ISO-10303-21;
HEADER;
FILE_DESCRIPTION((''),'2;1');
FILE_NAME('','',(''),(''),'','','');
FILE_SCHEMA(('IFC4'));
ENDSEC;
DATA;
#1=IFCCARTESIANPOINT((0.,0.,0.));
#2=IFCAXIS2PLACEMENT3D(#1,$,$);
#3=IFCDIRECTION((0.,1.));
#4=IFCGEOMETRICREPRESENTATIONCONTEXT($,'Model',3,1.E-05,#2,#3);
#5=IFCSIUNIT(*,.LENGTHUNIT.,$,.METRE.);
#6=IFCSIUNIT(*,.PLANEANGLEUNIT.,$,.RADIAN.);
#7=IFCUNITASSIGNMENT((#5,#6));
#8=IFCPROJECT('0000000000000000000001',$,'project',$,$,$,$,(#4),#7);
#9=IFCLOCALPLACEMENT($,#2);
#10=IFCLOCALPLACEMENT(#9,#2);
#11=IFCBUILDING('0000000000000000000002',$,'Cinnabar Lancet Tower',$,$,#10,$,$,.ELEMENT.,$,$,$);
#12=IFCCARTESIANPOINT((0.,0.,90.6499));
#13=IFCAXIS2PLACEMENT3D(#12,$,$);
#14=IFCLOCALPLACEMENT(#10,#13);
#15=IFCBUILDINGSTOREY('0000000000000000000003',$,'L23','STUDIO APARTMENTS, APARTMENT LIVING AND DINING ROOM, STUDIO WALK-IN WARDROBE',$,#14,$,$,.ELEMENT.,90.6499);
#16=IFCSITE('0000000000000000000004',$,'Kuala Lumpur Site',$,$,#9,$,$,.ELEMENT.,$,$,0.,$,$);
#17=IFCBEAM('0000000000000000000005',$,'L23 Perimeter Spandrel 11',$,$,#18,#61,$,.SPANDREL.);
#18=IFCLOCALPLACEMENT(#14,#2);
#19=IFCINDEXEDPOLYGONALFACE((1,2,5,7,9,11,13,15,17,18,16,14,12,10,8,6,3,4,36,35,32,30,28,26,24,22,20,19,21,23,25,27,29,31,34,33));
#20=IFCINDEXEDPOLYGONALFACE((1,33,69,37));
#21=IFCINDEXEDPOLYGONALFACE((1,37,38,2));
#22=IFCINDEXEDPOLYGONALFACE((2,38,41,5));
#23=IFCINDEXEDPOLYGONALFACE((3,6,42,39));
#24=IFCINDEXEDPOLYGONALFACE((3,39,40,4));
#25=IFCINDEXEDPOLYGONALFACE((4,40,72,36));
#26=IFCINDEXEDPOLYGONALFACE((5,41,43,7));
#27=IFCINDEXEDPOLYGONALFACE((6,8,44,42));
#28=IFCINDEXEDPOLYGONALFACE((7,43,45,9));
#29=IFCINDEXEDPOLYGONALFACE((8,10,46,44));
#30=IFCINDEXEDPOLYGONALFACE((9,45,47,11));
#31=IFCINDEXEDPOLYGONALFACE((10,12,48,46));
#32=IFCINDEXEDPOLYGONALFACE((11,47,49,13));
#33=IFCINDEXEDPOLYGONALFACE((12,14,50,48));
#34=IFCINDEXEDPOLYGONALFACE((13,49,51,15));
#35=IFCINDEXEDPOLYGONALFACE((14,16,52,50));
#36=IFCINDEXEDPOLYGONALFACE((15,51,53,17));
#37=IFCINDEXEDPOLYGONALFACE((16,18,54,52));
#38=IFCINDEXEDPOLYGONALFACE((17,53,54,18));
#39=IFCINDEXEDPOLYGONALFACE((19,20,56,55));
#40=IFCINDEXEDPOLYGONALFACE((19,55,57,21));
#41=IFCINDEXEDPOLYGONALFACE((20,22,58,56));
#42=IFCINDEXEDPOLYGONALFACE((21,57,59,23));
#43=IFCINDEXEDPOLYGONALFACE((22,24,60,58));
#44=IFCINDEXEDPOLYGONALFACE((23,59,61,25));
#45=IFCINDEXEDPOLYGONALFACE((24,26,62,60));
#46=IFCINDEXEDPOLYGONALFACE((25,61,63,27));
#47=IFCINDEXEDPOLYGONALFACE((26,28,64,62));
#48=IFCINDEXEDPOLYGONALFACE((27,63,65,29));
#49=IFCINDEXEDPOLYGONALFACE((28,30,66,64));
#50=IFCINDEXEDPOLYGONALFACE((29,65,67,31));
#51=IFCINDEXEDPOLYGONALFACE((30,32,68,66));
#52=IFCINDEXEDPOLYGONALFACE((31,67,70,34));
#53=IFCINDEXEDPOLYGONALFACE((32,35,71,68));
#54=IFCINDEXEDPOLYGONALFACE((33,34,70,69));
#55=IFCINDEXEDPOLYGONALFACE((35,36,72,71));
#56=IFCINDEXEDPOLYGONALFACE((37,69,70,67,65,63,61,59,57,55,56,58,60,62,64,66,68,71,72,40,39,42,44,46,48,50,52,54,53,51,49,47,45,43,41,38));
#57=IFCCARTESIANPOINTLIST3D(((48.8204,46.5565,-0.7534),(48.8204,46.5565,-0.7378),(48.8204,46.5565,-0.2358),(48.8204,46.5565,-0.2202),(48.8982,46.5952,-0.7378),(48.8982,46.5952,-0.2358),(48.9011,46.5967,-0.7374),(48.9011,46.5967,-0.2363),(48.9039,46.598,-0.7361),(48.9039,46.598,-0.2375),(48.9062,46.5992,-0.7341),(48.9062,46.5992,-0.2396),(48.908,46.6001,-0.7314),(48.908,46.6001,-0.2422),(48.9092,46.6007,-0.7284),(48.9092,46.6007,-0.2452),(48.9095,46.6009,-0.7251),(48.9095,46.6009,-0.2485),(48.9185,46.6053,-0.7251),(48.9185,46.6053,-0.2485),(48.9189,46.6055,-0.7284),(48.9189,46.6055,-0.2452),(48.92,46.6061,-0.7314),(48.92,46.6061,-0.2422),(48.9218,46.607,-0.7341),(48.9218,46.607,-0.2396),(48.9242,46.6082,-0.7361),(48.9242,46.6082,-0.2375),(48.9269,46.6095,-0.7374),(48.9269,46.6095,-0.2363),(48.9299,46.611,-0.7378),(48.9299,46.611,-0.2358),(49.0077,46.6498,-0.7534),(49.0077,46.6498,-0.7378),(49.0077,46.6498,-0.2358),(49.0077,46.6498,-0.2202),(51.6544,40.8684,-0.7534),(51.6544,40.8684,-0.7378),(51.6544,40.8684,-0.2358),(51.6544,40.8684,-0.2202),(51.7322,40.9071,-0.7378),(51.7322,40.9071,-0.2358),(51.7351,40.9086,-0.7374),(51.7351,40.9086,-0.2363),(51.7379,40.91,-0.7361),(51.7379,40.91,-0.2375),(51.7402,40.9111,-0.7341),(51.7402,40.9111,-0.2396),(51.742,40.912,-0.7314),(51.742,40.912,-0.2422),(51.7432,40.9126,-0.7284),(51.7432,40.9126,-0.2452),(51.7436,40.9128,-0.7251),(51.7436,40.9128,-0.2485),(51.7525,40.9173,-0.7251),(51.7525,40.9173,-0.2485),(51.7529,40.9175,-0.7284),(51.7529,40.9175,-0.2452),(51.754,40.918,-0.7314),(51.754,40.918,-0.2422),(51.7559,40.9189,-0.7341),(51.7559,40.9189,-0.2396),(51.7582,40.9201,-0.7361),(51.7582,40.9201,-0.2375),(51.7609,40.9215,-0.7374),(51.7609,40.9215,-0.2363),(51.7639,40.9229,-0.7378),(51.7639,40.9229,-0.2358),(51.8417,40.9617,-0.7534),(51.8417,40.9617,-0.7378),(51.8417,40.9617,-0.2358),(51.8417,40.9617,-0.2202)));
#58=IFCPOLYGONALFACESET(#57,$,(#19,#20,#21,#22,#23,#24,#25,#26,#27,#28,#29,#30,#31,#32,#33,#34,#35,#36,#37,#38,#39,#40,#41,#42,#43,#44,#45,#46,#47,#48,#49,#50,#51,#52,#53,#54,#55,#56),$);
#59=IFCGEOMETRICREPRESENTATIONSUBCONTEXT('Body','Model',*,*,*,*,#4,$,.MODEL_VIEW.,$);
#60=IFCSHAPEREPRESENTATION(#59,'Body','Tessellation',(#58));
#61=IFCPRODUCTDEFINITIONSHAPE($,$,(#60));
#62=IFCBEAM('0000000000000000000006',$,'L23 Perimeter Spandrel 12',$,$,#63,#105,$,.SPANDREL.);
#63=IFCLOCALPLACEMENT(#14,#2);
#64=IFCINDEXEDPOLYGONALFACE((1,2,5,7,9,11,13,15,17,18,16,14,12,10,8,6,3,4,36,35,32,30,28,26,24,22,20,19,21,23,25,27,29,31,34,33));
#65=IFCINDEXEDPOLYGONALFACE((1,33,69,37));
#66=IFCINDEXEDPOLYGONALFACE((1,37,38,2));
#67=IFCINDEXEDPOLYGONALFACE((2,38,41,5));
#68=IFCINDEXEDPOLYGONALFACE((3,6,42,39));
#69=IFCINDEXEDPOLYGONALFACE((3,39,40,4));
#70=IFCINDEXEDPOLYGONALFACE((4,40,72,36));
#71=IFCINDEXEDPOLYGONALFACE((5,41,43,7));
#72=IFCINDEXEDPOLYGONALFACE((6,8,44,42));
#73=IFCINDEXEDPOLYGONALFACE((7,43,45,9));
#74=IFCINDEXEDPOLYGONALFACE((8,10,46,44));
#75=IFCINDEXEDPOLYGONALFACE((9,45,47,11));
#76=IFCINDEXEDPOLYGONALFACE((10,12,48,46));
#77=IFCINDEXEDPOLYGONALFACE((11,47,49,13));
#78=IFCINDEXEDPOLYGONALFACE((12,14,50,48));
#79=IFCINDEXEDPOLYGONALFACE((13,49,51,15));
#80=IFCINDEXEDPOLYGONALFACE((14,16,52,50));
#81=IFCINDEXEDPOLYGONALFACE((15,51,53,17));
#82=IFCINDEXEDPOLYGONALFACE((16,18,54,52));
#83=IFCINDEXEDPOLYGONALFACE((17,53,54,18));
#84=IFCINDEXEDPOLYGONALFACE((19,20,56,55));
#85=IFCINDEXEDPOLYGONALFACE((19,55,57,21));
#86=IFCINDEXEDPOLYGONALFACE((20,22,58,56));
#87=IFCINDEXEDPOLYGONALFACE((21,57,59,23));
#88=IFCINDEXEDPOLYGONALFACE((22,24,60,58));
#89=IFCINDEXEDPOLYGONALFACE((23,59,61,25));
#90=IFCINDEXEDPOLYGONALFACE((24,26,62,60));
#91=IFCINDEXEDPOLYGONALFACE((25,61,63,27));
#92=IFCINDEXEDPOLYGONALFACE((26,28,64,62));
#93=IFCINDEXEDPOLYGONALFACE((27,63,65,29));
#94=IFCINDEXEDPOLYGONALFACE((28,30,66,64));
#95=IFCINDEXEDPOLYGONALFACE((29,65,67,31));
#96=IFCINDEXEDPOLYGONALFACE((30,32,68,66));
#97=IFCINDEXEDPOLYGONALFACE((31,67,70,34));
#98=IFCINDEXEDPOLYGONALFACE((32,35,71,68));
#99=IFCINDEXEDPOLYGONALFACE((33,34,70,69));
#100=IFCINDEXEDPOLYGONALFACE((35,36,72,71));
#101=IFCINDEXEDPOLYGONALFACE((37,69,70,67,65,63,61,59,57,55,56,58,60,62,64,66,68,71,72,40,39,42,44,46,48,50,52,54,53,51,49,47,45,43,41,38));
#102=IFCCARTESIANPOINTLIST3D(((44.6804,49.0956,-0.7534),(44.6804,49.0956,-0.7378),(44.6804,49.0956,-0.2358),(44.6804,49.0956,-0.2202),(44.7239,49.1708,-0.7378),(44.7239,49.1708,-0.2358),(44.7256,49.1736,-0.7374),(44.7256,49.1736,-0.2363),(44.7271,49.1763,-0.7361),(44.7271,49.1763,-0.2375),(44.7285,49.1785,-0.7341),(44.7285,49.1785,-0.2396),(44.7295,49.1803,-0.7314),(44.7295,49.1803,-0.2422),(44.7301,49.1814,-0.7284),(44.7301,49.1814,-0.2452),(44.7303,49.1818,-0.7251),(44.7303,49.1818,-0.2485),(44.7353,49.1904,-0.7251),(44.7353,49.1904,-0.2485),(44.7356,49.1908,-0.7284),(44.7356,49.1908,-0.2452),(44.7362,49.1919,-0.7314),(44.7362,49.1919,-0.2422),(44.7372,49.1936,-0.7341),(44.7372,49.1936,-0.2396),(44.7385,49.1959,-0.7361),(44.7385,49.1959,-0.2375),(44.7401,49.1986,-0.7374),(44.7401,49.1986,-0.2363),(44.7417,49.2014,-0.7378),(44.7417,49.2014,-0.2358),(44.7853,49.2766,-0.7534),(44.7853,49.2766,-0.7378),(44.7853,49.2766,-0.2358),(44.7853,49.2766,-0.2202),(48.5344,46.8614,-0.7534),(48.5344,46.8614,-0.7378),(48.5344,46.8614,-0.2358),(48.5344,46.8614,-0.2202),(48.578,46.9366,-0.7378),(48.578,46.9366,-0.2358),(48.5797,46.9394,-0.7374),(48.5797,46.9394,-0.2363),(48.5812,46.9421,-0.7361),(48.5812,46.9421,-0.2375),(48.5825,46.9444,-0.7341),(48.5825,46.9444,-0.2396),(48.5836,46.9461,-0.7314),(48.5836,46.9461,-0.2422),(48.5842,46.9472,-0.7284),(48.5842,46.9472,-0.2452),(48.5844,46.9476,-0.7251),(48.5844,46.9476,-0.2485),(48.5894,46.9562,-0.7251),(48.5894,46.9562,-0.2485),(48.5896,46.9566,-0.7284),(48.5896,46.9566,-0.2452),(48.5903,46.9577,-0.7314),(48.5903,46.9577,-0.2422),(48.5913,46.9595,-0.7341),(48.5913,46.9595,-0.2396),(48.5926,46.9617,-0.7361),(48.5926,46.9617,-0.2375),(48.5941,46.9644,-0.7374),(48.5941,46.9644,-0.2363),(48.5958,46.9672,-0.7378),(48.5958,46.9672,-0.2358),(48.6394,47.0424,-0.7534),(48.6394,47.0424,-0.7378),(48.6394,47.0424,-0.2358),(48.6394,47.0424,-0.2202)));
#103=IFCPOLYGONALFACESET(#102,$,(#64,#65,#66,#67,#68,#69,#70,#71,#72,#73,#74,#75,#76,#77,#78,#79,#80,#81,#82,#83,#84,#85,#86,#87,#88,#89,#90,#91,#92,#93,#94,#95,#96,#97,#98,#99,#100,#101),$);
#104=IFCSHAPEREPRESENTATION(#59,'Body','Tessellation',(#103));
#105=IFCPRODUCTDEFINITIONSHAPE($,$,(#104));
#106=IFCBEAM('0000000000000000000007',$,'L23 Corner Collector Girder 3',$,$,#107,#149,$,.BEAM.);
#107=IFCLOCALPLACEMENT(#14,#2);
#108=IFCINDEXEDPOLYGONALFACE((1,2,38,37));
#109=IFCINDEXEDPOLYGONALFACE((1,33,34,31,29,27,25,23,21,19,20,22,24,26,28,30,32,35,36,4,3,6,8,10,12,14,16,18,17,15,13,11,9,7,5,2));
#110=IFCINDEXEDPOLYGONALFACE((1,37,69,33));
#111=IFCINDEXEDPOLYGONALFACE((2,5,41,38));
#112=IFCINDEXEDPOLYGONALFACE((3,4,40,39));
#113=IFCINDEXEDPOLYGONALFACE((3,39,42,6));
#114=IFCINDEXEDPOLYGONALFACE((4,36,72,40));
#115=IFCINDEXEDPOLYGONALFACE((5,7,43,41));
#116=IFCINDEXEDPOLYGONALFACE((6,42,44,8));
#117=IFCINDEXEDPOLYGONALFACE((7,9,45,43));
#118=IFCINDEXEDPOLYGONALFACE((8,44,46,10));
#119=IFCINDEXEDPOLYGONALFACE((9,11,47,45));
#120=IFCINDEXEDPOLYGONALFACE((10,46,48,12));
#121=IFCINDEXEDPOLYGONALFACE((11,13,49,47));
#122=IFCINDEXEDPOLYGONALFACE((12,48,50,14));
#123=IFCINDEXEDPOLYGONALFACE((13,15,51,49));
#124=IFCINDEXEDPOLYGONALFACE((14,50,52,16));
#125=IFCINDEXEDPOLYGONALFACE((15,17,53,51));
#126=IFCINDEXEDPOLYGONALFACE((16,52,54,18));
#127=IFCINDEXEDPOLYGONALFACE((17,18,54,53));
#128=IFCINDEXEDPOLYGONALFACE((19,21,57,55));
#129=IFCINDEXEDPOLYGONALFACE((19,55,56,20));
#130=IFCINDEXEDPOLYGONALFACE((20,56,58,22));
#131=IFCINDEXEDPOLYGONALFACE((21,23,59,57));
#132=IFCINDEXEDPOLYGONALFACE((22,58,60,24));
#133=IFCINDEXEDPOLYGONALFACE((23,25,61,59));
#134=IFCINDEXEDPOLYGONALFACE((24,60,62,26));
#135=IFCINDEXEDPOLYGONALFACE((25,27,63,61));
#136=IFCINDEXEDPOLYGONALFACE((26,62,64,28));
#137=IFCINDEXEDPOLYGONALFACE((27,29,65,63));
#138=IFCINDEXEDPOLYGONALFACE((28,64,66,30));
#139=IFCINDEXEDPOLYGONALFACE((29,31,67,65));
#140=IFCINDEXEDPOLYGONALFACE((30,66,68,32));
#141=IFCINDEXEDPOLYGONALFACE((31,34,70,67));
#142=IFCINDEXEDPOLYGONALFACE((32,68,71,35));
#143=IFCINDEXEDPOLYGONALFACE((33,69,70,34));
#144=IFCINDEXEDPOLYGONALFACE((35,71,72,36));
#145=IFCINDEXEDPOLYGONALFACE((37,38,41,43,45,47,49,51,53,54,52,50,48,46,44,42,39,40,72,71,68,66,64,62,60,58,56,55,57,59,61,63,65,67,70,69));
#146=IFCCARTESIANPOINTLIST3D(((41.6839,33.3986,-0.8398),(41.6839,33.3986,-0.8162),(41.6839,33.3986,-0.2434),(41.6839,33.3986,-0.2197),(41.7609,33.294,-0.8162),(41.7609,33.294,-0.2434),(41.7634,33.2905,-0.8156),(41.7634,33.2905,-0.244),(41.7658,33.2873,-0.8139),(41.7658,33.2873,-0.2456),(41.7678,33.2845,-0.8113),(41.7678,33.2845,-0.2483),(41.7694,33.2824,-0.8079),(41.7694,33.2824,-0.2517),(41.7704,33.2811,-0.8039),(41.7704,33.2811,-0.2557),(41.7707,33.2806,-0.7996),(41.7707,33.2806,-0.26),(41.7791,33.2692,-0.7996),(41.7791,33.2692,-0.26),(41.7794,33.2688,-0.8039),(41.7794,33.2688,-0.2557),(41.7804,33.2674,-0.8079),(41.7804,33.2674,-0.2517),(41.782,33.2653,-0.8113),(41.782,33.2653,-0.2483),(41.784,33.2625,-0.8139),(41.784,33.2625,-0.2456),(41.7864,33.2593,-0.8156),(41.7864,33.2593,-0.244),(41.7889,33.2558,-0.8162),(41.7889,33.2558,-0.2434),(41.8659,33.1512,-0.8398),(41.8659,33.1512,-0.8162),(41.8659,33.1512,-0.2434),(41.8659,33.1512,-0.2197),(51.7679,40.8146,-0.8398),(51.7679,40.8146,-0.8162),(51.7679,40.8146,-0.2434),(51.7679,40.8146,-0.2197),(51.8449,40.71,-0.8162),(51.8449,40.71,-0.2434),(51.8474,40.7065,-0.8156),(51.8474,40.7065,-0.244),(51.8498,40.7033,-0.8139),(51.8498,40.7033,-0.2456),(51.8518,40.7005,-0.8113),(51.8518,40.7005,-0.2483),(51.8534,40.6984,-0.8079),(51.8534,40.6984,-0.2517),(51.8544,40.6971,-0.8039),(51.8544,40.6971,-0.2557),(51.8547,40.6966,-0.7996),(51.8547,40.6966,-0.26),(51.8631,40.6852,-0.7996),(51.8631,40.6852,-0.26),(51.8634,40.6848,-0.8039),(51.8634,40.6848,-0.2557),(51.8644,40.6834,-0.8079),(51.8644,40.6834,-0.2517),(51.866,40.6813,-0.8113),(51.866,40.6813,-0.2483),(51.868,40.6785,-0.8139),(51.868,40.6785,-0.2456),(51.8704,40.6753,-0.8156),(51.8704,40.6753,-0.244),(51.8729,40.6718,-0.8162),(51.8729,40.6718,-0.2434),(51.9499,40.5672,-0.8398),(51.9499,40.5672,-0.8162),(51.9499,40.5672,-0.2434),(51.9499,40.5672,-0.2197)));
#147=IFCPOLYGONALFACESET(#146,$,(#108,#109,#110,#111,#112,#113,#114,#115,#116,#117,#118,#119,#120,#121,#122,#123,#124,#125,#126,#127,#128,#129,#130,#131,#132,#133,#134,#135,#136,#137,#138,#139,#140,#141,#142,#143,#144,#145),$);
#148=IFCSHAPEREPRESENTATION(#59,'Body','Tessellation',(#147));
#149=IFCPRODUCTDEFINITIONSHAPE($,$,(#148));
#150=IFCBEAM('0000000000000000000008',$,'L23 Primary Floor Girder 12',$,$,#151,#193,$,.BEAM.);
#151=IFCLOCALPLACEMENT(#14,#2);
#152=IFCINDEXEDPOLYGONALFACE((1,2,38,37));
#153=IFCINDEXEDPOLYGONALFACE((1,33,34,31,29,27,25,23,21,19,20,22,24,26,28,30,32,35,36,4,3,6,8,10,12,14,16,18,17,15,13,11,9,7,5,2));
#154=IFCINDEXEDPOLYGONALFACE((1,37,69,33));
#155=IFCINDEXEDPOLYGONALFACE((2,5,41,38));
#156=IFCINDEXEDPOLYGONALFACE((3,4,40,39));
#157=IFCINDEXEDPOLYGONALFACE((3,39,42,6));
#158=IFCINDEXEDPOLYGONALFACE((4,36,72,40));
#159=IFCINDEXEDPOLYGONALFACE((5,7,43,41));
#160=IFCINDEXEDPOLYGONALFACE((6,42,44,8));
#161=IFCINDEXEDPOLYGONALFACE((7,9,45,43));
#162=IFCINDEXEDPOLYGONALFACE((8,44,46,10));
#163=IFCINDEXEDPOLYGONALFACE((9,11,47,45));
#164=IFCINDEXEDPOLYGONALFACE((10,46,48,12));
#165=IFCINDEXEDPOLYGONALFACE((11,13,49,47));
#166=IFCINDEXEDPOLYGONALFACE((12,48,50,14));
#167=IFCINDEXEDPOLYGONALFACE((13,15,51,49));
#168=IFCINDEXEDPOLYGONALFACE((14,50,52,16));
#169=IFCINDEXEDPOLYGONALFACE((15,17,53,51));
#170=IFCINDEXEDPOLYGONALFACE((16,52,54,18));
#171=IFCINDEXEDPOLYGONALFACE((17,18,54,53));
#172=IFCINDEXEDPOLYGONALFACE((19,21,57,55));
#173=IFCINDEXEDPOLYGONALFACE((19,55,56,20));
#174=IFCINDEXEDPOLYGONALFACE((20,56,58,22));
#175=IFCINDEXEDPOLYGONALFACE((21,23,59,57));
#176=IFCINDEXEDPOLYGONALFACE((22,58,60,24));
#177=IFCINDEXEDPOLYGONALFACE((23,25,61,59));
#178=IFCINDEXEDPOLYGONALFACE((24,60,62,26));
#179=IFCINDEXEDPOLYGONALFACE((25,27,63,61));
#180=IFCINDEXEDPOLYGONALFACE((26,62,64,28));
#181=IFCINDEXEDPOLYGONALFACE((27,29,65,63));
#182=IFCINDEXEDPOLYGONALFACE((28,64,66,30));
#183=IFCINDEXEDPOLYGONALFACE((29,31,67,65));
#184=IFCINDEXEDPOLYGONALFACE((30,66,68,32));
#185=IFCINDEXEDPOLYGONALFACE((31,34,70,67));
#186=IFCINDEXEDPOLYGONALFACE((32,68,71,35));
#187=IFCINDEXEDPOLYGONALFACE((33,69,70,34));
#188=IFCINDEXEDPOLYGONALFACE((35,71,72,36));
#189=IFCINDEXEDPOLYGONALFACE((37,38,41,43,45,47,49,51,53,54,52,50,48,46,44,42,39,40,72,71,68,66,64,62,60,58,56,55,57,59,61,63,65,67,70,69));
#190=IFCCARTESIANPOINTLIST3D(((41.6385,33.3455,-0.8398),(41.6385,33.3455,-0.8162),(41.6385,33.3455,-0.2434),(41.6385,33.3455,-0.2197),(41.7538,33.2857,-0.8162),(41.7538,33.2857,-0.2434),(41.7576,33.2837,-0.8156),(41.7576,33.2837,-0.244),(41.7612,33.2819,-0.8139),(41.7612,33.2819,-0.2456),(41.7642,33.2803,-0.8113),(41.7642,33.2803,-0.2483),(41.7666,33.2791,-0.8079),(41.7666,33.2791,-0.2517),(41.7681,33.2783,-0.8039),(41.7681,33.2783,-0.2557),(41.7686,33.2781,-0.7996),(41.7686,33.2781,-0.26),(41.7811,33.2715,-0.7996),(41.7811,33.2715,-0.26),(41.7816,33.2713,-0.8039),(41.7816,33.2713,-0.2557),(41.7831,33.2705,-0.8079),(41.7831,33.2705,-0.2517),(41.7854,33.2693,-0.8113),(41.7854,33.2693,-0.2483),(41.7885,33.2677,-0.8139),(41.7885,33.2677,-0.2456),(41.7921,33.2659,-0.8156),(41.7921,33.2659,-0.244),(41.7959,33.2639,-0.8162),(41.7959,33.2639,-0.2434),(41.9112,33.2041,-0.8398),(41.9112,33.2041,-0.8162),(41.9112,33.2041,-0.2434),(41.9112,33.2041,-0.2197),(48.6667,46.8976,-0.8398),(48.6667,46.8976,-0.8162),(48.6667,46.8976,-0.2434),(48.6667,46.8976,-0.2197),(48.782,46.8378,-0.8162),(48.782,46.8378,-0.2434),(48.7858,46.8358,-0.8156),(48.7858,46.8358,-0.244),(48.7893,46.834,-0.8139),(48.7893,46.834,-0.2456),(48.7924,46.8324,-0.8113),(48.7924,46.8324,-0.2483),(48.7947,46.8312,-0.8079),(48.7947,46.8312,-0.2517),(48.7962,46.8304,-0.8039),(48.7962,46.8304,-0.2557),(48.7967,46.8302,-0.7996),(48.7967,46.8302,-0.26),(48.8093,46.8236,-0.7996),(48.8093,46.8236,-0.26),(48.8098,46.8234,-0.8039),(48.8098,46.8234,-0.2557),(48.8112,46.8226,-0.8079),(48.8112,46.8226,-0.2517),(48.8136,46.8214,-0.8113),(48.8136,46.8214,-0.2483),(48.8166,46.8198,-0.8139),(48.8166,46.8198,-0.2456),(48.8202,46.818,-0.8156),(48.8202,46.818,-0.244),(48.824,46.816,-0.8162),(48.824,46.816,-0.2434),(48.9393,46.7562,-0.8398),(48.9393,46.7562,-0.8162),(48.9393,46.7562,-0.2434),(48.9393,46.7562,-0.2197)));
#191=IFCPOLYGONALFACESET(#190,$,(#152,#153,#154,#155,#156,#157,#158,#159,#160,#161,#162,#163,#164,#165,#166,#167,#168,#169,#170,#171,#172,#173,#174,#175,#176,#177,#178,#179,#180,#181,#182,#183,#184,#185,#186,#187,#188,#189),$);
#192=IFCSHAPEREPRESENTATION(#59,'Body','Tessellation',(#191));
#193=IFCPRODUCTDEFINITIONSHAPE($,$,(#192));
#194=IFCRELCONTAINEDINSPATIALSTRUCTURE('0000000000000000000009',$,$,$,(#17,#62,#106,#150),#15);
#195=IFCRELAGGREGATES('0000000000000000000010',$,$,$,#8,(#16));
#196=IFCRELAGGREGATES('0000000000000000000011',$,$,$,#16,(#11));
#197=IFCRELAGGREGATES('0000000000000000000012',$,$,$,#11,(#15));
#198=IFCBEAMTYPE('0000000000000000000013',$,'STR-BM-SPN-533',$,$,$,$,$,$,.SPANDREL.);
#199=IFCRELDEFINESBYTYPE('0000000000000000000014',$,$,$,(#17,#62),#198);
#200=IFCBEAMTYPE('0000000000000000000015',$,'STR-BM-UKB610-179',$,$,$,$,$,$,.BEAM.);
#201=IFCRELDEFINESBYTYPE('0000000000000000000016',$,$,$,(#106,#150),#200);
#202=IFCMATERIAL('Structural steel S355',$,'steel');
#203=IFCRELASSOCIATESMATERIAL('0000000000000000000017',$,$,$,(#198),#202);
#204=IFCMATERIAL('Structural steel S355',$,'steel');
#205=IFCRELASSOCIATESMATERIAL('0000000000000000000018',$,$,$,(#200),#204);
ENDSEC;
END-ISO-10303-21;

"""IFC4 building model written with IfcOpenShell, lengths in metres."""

from ifc_helpers import new_model, si_unit, direction, frame, origin, origin_2d, place, context, subcontext, project, spatial, i_section, extrude, material, material_profile, profile_set, type_object, element, save


model = new_model("IFC4")

# Units and contexts
model_context = context("Model", 3, precision=1e-05, world=origin(), true_north=direction((0.0, 1.0)))
body_context = subcontext(model_context, "Body", "Model", "MODEL_VIEW")
ifc_project = project(units=[si_unit("LENGTHUNIT", "METRE"), si_unit("PLANEANGLEUNIT", "RADIAN")], contexts=[model_context])

# Site, building, storey
site_placement = place(None, origin())
site = spatial("IfcSite", under=ifc_project, at=site_placement, Name="Kuala Lumpur Site", CompositionType="ELEMENT", RefElevation=0.0)
building_placement = place(site_placement, origin())
building = spatial("IfcBuilding", under=site, at=building_placement, Name="Cinnabar Lancet Tower", CompositionType="ELEMENT")
storey_placement = place(building_placement, frame((0.0, 0.0, 90.6499)))
storey = spatial("IfcBuildingStorey", under=building, at=storey_placement, Name="L23", Description="STUDIO APARTMENTS, APARTMENT LIVING AND DINING ROOM, STUDIO WALK-IN WARDROBE", CompositionType="ELEMENT", Elevation=90.6499)

# Beams
ifc_material_1 = material(Name="Structural steel S355", Category="steel")
ifc_material_profile_1 = material_profile(ifc_material_1, i_section(OverallWidth=0.2092, OverallDepth=0.5332, WebThickness=0.01, FlangeThickness=0.0156, FilletRadius=0.0127, at=origin_2d()), Name="UKB 533x210x92")
ifc_profile_set_1 = profile_set([ifc_material_profile_1], Name="Structural steel S355")
beam_type_1 = type_object("IfcBeamType", Name="STR-BM-SPN-533", PredefinedType="SPANDREL", material=ifc_profile_set_1)
beam_1_placement = place(storey_placement, frame((51.748, 40.915, -0.4868), z_axis=(-0.445953, 0.895056, 0.0), x_axis=(-0.895056, -0.445953, 0.0)))
element("IfcBeam", 1, at=beam_1_placement, inside=storey, type_object=beam_type_1, Name="L23 Perimeter Spandrel 11", PredefinedType="SPANDREL", context=body_context, shape_type="SweptSolid", body=[
    extrude(i_section(OverallWidth=0.2092, OverallDepth=0.5332, WebThickness=0.01, FlangeThickness=0.0156, FilletRadius=0.0127, at=origin_2d()), origin(), (0.0, 0.0, 1.0), 6.355),
])
beam_2_placement = place(storey_placement, frame((48.5869, 46.9519, -0.4868), z_axis=(-0.865147, 0.501518, 0.0), x_axis=(-0.501518, -0.865147, 0.0)))
element("IfcBeam", 2, at=beam_2_placement, inside=storey, type_object=beam_type_1, Name="L23 Perimeter Spandrel 12", PredefinedType="SPANDREL", context=body_context, shape_type="SweptSolid", body=[
    extrude(i_section(OverallWidth=0.2092, OverallDepth=0.5332, WebThickness=0.01, FlangeThickness=0.0156, FilletRadius=0.0127, at=origin_2d()), origin(), (0.0, 0.0, 1.0), 4.4548),
])
ifc_material_2 = material(Name="Structural steel S355", Category="steel")
ifc_material_profile_2 = material_profile(ifc_material_2, i_section(OverallWidth=0.3071, OverallDepth=0.6201, WebThickness=0.0142, FlangeThickness=0.0237, FilletRadius=0.0166, at=origin_2d()), Name="UKB 610x305x179")
ifc_profile_set_2 = profile_set([ifc_material_profile_2], Name="Structural steel S355")
beam_type_2 = type_object("IfcBeamType", Name="STR-BM-UKB610-179", PredefinedType="BEAM", material=ifc_profile_set_2)
beam_3_placement = place(storey_placement, frame((51.8589, 40.6909, -0.5298), z_axis=(-0.805601, -0.592459, 0.0), x_axis=(0.592459, -0.805601, 0.0)))
element("IfcBeam", 3, at=beam_3_placement, inside=storey, type_object=beam_type_2, Name="L23 Corner Collector Girder 3", PredefinedType="BEAM", context=body_context, shape_type="SweptSolid", body=[
    extrude(i_section(OverallWidth=0.3071, OverallDepth=0.6201, WebThickness=0.0142, FlangeThickness=0.0237, FilletRadius=0.0166, at=origin_2d()), origin(), (0.0, 0.0, 1.0), 12.5173),
])
beam_4_placement = place(storey_placement, frame((48.803, 46.8269, -0.5298), z_axis=(-0.460375, -0.887725, 0.0), x_axis=(0.887725, -0.460375, 0.0)))
element("IfcBeam", 4, at=beam_4_placement, inside=storey, type_object=beam_type_2, Name="L23 Primary Floor Girder 12", PredefinedType="BEAM", context=body_context, shape_type="SweptSolid", body=[
    extrude(i_section(OverallWidth=0.3071, OverallDepth=0.6201, WebThickness=0.0142, FlangeThickness=0.0237, FilletRadius=0.0166, at=origin_2d()), origin(), (0.0, 0.0, 1.0), 15.2661),
])

save(model, "model.ifc")
